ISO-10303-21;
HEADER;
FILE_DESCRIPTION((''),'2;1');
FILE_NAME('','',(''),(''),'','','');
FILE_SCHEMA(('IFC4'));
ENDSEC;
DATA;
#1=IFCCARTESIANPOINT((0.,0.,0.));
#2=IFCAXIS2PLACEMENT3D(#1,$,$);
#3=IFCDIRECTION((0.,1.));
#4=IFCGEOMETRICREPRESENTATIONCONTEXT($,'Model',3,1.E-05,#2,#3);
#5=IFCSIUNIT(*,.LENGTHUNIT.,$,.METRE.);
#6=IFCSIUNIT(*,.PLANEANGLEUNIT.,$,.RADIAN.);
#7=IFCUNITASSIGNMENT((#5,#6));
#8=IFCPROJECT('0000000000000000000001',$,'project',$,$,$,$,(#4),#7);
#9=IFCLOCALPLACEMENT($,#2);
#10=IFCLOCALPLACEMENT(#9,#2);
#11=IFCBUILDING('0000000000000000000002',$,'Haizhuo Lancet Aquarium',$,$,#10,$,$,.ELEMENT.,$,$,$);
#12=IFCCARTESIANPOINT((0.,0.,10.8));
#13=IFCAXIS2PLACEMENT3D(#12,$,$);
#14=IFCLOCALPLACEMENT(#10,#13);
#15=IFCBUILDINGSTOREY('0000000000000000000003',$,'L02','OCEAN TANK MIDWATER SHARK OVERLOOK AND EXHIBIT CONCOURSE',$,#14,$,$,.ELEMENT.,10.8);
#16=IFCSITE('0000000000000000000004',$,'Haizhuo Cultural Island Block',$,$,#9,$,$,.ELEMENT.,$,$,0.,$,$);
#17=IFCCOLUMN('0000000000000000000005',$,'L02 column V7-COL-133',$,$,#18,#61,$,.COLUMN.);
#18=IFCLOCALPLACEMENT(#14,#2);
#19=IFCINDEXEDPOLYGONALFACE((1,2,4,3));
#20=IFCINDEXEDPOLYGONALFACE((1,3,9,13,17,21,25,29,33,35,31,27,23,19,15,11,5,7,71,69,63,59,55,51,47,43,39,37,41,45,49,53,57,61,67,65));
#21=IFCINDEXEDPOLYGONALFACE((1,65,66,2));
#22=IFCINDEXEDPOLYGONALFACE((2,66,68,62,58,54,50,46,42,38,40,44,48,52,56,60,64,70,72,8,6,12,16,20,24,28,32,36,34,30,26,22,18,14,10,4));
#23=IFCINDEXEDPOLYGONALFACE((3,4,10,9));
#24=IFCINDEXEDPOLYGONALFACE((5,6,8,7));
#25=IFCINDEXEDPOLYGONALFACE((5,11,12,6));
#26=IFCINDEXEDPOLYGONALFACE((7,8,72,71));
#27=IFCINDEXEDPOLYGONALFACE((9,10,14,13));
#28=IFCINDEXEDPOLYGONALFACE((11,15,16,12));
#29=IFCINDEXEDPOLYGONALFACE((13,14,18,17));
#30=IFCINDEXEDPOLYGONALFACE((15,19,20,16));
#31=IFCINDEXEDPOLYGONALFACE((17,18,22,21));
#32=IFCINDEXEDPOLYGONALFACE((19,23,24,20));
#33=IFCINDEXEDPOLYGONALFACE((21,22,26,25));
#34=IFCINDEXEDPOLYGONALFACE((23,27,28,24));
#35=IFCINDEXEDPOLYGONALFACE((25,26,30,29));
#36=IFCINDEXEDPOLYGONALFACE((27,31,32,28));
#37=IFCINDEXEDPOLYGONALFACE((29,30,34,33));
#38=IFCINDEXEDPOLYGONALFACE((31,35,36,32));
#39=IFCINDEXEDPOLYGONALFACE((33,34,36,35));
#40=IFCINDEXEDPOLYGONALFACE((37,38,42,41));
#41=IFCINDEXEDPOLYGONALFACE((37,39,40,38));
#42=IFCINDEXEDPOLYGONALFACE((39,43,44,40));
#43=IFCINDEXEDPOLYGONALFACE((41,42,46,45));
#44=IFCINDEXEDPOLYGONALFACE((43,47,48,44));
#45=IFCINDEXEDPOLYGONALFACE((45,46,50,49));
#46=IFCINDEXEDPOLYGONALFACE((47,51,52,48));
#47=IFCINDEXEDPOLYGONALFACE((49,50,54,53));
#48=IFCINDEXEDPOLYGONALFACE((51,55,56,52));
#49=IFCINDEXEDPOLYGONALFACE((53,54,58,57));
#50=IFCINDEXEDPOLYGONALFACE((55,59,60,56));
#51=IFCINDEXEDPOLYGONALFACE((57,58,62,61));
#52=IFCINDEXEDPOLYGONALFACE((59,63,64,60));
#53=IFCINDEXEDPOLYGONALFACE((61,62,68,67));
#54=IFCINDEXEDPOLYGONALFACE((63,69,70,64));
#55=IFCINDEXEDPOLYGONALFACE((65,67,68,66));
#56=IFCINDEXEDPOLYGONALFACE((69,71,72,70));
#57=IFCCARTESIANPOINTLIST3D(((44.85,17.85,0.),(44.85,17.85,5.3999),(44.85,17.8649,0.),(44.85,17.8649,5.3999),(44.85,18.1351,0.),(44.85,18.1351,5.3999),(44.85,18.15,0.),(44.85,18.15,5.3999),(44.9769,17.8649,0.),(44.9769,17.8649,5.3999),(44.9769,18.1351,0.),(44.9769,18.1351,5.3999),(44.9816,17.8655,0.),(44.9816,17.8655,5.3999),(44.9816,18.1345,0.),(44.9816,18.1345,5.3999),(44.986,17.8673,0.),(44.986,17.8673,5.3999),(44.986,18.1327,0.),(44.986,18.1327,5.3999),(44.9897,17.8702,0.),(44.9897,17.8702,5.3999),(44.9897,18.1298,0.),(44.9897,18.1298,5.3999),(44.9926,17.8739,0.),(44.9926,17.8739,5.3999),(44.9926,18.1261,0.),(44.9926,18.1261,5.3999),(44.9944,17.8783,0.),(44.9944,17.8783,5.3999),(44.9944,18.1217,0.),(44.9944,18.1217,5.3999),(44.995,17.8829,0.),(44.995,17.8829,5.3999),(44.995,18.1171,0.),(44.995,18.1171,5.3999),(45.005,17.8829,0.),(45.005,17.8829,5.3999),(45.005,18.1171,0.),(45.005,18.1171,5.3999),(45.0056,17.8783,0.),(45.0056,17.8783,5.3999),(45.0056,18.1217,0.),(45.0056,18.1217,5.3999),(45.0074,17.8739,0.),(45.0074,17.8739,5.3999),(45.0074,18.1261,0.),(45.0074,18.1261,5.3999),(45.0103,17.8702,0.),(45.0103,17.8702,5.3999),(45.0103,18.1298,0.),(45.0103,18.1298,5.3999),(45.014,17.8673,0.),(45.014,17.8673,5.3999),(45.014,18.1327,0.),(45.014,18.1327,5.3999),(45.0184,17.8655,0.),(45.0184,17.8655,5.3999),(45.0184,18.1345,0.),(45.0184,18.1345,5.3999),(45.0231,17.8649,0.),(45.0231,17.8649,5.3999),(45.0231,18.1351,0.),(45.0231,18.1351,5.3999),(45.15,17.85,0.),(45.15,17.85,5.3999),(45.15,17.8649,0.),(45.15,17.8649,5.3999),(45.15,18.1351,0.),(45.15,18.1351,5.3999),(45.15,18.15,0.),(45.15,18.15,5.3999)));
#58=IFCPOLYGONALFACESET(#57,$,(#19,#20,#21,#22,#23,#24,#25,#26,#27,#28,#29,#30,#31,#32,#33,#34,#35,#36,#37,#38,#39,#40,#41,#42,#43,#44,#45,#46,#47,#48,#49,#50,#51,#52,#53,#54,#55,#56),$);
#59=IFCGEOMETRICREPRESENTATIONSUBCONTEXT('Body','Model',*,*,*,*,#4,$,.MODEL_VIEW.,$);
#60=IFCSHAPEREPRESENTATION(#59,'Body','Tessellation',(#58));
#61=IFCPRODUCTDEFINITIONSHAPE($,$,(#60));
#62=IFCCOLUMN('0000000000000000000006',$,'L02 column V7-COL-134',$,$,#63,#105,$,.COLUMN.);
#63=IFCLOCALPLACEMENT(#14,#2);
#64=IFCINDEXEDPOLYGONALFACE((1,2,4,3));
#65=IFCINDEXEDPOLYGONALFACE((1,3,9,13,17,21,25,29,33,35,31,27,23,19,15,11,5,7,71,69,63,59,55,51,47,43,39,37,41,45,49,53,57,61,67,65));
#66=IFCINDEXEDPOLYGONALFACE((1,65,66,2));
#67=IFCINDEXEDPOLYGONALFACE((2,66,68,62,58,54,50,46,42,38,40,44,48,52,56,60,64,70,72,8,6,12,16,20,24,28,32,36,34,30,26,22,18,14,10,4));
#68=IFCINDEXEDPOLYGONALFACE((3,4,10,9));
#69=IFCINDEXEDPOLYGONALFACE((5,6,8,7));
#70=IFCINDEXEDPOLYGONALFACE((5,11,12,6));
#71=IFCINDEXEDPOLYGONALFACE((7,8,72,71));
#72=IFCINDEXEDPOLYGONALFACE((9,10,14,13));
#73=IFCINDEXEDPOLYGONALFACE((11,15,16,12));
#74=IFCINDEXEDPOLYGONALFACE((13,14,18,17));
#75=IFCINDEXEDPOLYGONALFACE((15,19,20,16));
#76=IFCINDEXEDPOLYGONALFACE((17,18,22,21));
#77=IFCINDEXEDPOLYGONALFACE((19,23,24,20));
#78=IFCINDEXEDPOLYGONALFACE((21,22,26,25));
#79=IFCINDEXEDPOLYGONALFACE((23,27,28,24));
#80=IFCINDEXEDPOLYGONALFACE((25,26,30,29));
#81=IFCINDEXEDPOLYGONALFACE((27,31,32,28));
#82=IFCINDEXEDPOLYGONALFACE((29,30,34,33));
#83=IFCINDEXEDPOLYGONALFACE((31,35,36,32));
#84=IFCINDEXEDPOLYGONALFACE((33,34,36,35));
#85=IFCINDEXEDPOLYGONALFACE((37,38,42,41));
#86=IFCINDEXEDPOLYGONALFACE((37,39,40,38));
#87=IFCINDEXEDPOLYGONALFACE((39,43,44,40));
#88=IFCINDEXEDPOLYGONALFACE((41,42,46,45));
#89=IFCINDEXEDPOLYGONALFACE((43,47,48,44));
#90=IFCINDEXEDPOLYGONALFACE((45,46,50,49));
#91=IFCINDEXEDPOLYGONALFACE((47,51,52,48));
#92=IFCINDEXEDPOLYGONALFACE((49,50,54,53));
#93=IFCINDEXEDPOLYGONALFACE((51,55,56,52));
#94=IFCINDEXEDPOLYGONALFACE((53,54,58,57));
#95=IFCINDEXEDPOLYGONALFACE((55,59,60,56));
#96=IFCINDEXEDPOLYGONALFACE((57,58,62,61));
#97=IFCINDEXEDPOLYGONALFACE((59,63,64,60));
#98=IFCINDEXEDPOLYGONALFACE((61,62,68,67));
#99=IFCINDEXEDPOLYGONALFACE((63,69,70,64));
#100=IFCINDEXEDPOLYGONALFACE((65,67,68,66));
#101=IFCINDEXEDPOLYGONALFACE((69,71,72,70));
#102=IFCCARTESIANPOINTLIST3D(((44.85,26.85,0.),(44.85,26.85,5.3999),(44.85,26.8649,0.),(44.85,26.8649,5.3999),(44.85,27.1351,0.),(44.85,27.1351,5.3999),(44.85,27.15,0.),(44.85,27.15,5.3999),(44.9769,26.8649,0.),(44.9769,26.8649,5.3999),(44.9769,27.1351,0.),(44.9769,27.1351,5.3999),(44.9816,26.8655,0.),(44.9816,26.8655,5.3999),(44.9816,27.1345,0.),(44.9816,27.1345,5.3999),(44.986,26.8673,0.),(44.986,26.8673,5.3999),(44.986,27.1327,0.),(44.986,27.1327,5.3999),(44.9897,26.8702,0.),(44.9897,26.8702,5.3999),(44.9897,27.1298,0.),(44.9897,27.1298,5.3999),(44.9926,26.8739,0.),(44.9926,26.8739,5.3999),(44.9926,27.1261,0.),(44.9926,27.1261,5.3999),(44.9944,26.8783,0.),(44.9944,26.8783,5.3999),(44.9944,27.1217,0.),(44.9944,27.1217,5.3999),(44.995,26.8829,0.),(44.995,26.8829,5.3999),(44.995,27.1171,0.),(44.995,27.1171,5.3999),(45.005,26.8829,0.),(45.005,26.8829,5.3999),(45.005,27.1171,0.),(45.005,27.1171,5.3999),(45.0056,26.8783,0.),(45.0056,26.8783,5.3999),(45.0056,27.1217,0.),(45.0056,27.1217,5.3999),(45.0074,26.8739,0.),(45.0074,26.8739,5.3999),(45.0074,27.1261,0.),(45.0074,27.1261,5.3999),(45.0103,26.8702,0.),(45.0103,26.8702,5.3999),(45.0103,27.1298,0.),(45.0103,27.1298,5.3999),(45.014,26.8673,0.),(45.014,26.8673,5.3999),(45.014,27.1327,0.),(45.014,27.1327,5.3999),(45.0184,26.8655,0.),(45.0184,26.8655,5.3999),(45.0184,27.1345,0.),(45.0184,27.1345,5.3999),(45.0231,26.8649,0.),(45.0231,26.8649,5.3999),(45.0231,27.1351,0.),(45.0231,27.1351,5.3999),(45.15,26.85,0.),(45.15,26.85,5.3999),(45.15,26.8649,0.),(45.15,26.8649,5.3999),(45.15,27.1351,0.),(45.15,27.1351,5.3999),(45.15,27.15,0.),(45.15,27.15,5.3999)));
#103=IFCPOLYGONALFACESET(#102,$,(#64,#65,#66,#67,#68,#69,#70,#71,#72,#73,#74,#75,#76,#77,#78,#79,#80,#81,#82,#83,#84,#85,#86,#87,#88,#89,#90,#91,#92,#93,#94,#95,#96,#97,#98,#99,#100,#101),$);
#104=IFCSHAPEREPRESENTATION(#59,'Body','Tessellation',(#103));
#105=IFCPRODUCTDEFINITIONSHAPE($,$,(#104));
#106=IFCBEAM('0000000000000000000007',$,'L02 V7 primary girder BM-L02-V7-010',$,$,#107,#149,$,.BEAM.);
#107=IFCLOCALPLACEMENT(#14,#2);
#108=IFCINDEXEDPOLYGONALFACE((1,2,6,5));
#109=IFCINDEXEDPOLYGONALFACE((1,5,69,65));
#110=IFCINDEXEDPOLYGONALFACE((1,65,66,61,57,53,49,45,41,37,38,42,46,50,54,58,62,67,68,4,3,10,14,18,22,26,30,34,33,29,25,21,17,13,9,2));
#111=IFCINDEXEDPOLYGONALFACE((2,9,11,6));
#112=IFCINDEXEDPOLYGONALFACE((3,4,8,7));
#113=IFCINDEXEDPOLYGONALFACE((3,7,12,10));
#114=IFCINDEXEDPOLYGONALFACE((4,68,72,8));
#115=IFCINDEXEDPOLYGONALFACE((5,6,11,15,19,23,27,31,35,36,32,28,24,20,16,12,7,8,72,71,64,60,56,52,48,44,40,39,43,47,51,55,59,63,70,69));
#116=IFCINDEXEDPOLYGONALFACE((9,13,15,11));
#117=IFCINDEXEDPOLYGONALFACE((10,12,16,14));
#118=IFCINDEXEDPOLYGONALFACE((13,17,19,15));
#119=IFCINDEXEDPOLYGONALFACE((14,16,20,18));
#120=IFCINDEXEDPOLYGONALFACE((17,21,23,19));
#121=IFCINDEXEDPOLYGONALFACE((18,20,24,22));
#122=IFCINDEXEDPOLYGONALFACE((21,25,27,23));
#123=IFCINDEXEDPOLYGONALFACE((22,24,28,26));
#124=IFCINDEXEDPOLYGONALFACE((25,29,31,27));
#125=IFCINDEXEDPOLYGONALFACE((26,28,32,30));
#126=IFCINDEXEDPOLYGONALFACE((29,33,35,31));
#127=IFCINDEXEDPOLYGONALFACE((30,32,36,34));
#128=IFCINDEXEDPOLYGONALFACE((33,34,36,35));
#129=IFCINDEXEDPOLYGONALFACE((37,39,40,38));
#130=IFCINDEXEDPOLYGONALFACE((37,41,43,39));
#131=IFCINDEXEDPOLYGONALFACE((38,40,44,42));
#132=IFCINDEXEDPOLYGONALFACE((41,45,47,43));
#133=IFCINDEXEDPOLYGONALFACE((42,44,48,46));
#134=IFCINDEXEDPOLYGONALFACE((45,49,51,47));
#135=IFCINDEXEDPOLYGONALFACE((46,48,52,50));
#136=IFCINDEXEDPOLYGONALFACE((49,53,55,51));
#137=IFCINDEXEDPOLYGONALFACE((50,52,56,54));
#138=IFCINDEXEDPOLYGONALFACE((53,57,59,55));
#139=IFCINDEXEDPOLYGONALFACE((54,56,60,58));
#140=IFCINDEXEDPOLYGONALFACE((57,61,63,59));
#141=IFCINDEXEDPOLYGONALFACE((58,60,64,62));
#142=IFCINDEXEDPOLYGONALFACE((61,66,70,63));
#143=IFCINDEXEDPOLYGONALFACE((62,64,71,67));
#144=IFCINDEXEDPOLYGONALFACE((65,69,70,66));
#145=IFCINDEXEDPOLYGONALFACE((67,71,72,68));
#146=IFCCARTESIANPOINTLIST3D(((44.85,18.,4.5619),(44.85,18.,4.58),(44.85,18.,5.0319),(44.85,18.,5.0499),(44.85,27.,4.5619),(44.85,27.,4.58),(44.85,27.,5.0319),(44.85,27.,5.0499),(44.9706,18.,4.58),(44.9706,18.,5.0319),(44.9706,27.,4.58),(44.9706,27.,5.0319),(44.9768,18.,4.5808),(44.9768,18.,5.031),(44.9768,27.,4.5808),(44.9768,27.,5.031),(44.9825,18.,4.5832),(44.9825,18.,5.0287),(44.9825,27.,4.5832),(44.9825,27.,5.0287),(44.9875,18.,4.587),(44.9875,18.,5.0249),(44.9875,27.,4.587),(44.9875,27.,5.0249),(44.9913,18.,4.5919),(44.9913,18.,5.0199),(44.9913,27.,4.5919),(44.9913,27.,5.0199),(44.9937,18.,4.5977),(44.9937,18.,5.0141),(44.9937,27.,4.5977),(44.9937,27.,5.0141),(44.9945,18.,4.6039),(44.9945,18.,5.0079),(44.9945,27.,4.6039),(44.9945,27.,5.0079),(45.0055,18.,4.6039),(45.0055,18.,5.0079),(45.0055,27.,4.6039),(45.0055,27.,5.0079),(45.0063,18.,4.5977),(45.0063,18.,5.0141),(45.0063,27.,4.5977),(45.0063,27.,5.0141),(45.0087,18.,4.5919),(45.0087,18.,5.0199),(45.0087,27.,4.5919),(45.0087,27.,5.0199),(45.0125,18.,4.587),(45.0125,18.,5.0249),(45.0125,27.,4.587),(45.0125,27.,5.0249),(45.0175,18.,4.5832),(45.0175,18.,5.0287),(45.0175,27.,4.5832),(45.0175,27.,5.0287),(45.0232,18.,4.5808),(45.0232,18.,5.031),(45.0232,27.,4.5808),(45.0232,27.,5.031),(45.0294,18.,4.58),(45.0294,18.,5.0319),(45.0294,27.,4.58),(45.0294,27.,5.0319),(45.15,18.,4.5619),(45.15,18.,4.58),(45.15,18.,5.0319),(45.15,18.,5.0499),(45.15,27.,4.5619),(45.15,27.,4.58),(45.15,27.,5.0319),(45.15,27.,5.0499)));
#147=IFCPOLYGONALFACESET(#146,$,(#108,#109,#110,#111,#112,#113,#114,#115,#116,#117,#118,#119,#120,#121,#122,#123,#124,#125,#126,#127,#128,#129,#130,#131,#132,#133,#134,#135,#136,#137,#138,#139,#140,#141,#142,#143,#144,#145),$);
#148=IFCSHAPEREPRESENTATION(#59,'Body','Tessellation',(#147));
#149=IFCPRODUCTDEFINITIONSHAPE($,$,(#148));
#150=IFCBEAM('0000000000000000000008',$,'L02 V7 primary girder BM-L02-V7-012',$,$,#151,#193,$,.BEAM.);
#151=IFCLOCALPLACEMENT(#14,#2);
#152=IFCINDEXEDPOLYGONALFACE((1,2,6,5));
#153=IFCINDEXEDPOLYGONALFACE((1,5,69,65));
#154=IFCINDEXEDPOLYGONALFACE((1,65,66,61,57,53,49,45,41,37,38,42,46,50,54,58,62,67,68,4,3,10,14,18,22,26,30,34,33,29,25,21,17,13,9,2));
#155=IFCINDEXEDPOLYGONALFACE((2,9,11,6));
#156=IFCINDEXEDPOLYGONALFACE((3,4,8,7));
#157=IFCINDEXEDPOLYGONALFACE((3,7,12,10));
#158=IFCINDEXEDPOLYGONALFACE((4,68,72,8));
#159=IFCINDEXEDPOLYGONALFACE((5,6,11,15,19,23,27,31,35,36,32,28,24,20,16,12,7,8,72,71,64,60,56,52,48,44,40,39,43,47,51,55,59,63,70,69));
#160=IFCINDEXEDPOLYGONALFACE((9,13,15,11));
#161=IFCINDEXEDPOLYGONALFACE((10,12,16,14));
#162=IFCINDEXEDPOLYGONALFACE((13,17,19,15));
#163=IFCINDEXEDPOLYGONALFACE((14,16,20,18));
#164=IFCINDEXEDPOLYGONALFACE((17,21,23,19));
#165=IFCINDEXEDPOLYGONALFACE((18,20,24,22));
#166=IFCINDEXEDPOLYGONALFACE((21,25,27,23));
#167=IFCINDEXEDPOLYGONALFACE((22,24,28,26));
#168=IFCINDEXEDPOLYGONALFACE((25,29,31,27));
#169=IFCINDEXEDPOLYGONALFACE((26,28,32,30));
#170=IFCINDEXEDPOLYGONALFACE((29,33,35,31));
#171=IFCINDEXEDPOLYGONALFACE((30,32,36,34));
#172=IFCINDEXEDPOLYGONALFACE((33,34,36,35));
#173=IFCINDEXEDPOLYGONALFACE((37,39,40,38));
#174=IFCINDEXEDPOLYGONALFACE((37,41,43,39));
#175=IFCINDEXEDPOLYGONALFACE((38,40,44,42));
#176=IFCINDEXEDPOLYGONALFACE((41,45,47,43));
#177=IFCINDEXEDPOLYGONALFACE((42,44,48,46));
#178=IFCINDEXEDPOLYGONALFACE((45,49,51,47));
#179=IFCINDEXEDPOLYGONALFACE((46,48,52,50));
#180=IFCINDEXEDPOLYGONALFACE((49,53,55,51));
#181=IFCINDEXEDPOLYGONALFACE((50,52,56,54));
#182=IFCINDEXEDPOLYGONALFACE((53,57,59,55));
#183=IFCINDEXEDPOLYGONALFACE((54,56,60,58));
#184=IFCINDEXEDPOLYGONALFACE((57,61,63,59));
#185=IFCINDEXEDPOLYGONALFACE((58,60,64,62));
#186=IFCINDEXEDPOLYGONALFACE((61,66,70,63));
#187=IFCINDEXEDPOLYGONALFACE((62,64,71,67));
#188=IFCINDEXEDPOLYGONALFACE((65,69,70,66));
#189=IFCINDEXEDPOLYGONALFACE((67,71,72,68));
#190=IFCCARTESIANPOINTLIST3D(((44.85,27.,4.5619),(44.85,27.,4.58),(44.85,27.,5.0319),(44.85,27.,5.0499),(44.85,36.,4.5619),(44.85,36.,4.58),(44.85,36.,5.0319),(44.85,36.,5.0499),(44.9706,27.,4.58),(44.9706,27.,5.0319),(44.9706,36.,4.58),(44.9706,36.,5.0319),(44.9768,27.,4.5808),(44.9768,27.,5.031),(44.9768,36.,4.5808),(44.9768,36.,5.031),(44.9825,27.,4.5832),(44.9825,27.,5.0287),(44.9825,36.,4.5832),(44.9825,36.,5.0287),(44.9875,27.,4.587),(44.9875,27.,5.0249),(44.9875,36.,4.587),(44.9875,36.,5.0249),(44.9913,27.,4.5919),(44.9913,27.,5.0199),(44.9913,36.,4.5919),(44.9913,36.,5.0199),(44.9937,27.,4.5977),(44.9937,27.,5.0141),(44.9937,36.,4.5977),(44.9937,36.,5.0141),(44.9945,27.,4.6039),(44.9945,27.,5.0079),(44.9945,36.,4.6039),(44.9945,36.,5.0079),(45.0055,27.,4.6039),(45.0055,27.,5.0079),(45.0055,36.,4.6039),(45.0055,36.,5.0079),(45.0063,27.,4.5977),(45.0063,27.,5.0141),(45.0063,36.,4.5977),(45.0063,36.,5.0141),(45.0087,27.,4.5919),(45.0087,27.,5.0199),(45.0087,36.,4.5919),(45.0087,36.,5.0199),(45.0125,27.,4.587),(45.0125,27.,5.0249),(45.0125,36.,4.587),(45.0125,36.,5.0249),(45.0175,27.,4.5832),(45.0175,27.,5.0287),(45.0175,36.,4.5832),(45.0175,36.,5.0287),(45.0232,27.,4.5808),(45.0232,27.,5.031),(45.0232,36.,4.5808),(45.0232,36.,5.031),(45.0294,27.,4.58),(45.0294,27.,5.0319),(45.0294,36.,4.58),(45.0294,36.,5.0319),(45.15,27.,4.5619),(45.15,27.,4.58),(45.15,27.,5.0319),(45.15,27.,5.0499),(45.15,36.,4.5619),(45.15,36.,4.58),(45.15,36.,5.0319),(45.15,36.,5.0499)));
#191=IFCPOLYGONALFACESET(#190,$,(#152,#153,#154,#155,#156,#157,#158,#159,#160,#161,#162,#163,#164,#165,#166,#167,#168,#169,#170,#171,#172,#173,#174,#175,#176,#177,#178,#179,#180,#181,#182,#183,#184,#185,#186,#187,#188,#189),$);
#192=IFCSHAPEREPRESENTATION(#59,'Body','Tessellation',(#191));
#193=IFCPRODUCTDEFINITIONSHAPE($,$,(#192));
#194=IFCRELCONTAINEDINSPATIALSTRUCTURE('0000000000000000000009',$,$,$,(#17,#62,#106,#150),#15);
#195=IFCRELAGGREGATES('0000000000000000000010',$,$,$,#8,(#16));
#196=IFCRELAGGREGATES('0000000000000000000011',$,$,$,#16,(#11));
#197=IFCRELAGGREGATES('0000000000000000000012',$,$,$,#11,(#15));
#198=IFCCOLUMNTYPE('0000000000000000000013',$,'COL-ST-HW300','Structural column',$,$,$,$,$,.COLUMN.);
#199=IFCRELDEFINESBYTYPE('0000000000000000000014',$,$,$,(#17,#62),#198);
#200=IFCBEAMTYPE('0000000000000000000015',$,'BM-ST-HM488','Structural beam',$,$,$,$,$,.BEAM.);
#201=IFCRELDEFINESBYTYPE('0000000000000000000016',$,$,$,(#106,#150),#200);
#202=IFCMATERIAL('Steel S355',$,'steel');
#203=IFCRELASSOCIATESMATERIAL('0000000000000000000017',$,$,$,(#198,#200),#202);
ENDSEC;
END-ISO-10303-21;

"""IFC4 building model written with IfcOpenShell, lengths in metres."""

from ifc_helpers import new_model, si_unit, direction, frame, origin, origin_2d, place, context, subcontext, project, spatial, i_section, extrude, material, material_profile, profile_set, type_object, element, save


model = new_model("IFC4")

# Units and contexts
model_context = context("Model", 3, precision=1e-05, world=origin(), true_north=direction((0.0, 1.0)))
body_context = subcontext(model_context, "Body", "Model", "MODEL_VIEW")
ifc_project = project(units=[si_unit("LENGTHUNIT", "METRE"), si_unit("PLANEANGLEUNIT", "RADIAN")], contexts=[model_context])

# Site, building, storey
site_placement = place(None, origin())
site = spatial("IfcSite", under=ifc_project, at=site_placement, Name="Haizhuo Cultural Island Block", CompositionType="ELEMENT", RefElevation=0.0)
building_placement = place(site_placement, origin())
building = spatial("IfcBuilding", under=site, at=building_placement, Name="Haizhuo Lancet Aquarium", CompositionType="ELEMENT")
storey_placement = place(building_placement, frame((0.0, 0.0, 10.8)))
storey = spatial("IfcBuildingStorey", under=building, at=storey_placement, Name="L02", Description="OCEAN TANK MIDWATER SHARK OVERLOOK AND EXHIBIT CONCOURSE", CompositionType="ELEMENT", Elevation=10.8)

# Columns
ifc_material_1 = material(Name="Steel S355", Category="steel")
ifc_material_profile_1 = material_profile(ifc_material_1, i_section(OverallWidth=0.3, OverallDepth=0.3, WebThickness=0.01, FlangeThickness=0.0149, FilletRadius=0.0181, at=origin_2d()), Name="HW 300x300x10x15")
ifc_profile_set_1 = profile_set([ifc_material_profile_1], Name="Steel S355")
column_type = type_object("IfcColumnType", Name="COL-ST-HW300", Description="Structural column", PredefinedType="COLUMN", material=ifc_profile_set_1)
for number, where, z_axis, x_axis, name in (
    (1, (45.0, 18.0, 0.0), (0.0, 0.0, 1.0), (1.0, 0.0, 0.0), "L02 column V7-COL-133"),
    (2, (45.0, 27.0, 0.0), (0.0, 0.0, 1.0), (1.0, 0.0, 0.0), "L02 column V7-COL-134"),
):
    element("IfcColumn", number, at=place(storey_placement, frame(where, z_axis=z_axis, x_axis=x_axis)), inside=storey, type_object=column_type, Name=name, PredefinedType="COLUMN", context=body_context, shape_type="SweptSolid", body=[
        extrude(i_section(OverallWidth=0.3, OverallDepth=0.3, WebThickness=0.01, FlangeThickness=0.0149, FilletRadius=0.0181, at=origin_2d()), origin(), (0.0, 0.0, 1.0), 5.3999),
    ])

# Beams
ifc_material_profile_2 = material_profile(ifc_material_1, i_section(OverallWidth=0.3, OverallDepth=0.488, WebThickness=0.011, FlangeThickness=0.0181, FilletRadius=0.0239, at=origin_2d()), Name="HM 488x300x11x18")
ifc_profile_set_2 = profile_set([ifc_material_profile_2], Name="Steel S355")
beam_type_1 = type_object("IfcBeamType", Name="BM-ST-HM488", Description="Structural beam", PredefinedType="BEAM", material=ifc_profile_set_2)
for number, where, z_axis, x_axis, name in (
    (3, (45.0, 18.0, 4.8059), (0.0, 1.0, 0.0), (-1.0, 0.0, 0.0), "L02 V7 primary girder BM-L02-V7-010"),
    (4, (45.0, 27.0, 4.8059), (0.0, 1.0, 0.0), (-1.0, 0.0, 0.0), "L02 V7 primary girder BM-L02-V7-012"),
):
    element("IfcBeam", number, at=place(storey_placement, frame(where, z_axis=z_axis, x_axis=x_axis)), inside=storey, type_object=beam_type_1, Name=name, PredefinedType="BEAM", context=body_context, shape_type="SweptSolid", body=[
        extrude(i_section(OverallWidth=0.3, OverallDepth=0.488, WebThickness=0.011, FlangeThickness=0.0181, FilletRadius=0.0239, at=origin_2d()), origin(), (0.0, 0.0, 1.0), 9.0),
    ])

save(model, "model.ifc")
